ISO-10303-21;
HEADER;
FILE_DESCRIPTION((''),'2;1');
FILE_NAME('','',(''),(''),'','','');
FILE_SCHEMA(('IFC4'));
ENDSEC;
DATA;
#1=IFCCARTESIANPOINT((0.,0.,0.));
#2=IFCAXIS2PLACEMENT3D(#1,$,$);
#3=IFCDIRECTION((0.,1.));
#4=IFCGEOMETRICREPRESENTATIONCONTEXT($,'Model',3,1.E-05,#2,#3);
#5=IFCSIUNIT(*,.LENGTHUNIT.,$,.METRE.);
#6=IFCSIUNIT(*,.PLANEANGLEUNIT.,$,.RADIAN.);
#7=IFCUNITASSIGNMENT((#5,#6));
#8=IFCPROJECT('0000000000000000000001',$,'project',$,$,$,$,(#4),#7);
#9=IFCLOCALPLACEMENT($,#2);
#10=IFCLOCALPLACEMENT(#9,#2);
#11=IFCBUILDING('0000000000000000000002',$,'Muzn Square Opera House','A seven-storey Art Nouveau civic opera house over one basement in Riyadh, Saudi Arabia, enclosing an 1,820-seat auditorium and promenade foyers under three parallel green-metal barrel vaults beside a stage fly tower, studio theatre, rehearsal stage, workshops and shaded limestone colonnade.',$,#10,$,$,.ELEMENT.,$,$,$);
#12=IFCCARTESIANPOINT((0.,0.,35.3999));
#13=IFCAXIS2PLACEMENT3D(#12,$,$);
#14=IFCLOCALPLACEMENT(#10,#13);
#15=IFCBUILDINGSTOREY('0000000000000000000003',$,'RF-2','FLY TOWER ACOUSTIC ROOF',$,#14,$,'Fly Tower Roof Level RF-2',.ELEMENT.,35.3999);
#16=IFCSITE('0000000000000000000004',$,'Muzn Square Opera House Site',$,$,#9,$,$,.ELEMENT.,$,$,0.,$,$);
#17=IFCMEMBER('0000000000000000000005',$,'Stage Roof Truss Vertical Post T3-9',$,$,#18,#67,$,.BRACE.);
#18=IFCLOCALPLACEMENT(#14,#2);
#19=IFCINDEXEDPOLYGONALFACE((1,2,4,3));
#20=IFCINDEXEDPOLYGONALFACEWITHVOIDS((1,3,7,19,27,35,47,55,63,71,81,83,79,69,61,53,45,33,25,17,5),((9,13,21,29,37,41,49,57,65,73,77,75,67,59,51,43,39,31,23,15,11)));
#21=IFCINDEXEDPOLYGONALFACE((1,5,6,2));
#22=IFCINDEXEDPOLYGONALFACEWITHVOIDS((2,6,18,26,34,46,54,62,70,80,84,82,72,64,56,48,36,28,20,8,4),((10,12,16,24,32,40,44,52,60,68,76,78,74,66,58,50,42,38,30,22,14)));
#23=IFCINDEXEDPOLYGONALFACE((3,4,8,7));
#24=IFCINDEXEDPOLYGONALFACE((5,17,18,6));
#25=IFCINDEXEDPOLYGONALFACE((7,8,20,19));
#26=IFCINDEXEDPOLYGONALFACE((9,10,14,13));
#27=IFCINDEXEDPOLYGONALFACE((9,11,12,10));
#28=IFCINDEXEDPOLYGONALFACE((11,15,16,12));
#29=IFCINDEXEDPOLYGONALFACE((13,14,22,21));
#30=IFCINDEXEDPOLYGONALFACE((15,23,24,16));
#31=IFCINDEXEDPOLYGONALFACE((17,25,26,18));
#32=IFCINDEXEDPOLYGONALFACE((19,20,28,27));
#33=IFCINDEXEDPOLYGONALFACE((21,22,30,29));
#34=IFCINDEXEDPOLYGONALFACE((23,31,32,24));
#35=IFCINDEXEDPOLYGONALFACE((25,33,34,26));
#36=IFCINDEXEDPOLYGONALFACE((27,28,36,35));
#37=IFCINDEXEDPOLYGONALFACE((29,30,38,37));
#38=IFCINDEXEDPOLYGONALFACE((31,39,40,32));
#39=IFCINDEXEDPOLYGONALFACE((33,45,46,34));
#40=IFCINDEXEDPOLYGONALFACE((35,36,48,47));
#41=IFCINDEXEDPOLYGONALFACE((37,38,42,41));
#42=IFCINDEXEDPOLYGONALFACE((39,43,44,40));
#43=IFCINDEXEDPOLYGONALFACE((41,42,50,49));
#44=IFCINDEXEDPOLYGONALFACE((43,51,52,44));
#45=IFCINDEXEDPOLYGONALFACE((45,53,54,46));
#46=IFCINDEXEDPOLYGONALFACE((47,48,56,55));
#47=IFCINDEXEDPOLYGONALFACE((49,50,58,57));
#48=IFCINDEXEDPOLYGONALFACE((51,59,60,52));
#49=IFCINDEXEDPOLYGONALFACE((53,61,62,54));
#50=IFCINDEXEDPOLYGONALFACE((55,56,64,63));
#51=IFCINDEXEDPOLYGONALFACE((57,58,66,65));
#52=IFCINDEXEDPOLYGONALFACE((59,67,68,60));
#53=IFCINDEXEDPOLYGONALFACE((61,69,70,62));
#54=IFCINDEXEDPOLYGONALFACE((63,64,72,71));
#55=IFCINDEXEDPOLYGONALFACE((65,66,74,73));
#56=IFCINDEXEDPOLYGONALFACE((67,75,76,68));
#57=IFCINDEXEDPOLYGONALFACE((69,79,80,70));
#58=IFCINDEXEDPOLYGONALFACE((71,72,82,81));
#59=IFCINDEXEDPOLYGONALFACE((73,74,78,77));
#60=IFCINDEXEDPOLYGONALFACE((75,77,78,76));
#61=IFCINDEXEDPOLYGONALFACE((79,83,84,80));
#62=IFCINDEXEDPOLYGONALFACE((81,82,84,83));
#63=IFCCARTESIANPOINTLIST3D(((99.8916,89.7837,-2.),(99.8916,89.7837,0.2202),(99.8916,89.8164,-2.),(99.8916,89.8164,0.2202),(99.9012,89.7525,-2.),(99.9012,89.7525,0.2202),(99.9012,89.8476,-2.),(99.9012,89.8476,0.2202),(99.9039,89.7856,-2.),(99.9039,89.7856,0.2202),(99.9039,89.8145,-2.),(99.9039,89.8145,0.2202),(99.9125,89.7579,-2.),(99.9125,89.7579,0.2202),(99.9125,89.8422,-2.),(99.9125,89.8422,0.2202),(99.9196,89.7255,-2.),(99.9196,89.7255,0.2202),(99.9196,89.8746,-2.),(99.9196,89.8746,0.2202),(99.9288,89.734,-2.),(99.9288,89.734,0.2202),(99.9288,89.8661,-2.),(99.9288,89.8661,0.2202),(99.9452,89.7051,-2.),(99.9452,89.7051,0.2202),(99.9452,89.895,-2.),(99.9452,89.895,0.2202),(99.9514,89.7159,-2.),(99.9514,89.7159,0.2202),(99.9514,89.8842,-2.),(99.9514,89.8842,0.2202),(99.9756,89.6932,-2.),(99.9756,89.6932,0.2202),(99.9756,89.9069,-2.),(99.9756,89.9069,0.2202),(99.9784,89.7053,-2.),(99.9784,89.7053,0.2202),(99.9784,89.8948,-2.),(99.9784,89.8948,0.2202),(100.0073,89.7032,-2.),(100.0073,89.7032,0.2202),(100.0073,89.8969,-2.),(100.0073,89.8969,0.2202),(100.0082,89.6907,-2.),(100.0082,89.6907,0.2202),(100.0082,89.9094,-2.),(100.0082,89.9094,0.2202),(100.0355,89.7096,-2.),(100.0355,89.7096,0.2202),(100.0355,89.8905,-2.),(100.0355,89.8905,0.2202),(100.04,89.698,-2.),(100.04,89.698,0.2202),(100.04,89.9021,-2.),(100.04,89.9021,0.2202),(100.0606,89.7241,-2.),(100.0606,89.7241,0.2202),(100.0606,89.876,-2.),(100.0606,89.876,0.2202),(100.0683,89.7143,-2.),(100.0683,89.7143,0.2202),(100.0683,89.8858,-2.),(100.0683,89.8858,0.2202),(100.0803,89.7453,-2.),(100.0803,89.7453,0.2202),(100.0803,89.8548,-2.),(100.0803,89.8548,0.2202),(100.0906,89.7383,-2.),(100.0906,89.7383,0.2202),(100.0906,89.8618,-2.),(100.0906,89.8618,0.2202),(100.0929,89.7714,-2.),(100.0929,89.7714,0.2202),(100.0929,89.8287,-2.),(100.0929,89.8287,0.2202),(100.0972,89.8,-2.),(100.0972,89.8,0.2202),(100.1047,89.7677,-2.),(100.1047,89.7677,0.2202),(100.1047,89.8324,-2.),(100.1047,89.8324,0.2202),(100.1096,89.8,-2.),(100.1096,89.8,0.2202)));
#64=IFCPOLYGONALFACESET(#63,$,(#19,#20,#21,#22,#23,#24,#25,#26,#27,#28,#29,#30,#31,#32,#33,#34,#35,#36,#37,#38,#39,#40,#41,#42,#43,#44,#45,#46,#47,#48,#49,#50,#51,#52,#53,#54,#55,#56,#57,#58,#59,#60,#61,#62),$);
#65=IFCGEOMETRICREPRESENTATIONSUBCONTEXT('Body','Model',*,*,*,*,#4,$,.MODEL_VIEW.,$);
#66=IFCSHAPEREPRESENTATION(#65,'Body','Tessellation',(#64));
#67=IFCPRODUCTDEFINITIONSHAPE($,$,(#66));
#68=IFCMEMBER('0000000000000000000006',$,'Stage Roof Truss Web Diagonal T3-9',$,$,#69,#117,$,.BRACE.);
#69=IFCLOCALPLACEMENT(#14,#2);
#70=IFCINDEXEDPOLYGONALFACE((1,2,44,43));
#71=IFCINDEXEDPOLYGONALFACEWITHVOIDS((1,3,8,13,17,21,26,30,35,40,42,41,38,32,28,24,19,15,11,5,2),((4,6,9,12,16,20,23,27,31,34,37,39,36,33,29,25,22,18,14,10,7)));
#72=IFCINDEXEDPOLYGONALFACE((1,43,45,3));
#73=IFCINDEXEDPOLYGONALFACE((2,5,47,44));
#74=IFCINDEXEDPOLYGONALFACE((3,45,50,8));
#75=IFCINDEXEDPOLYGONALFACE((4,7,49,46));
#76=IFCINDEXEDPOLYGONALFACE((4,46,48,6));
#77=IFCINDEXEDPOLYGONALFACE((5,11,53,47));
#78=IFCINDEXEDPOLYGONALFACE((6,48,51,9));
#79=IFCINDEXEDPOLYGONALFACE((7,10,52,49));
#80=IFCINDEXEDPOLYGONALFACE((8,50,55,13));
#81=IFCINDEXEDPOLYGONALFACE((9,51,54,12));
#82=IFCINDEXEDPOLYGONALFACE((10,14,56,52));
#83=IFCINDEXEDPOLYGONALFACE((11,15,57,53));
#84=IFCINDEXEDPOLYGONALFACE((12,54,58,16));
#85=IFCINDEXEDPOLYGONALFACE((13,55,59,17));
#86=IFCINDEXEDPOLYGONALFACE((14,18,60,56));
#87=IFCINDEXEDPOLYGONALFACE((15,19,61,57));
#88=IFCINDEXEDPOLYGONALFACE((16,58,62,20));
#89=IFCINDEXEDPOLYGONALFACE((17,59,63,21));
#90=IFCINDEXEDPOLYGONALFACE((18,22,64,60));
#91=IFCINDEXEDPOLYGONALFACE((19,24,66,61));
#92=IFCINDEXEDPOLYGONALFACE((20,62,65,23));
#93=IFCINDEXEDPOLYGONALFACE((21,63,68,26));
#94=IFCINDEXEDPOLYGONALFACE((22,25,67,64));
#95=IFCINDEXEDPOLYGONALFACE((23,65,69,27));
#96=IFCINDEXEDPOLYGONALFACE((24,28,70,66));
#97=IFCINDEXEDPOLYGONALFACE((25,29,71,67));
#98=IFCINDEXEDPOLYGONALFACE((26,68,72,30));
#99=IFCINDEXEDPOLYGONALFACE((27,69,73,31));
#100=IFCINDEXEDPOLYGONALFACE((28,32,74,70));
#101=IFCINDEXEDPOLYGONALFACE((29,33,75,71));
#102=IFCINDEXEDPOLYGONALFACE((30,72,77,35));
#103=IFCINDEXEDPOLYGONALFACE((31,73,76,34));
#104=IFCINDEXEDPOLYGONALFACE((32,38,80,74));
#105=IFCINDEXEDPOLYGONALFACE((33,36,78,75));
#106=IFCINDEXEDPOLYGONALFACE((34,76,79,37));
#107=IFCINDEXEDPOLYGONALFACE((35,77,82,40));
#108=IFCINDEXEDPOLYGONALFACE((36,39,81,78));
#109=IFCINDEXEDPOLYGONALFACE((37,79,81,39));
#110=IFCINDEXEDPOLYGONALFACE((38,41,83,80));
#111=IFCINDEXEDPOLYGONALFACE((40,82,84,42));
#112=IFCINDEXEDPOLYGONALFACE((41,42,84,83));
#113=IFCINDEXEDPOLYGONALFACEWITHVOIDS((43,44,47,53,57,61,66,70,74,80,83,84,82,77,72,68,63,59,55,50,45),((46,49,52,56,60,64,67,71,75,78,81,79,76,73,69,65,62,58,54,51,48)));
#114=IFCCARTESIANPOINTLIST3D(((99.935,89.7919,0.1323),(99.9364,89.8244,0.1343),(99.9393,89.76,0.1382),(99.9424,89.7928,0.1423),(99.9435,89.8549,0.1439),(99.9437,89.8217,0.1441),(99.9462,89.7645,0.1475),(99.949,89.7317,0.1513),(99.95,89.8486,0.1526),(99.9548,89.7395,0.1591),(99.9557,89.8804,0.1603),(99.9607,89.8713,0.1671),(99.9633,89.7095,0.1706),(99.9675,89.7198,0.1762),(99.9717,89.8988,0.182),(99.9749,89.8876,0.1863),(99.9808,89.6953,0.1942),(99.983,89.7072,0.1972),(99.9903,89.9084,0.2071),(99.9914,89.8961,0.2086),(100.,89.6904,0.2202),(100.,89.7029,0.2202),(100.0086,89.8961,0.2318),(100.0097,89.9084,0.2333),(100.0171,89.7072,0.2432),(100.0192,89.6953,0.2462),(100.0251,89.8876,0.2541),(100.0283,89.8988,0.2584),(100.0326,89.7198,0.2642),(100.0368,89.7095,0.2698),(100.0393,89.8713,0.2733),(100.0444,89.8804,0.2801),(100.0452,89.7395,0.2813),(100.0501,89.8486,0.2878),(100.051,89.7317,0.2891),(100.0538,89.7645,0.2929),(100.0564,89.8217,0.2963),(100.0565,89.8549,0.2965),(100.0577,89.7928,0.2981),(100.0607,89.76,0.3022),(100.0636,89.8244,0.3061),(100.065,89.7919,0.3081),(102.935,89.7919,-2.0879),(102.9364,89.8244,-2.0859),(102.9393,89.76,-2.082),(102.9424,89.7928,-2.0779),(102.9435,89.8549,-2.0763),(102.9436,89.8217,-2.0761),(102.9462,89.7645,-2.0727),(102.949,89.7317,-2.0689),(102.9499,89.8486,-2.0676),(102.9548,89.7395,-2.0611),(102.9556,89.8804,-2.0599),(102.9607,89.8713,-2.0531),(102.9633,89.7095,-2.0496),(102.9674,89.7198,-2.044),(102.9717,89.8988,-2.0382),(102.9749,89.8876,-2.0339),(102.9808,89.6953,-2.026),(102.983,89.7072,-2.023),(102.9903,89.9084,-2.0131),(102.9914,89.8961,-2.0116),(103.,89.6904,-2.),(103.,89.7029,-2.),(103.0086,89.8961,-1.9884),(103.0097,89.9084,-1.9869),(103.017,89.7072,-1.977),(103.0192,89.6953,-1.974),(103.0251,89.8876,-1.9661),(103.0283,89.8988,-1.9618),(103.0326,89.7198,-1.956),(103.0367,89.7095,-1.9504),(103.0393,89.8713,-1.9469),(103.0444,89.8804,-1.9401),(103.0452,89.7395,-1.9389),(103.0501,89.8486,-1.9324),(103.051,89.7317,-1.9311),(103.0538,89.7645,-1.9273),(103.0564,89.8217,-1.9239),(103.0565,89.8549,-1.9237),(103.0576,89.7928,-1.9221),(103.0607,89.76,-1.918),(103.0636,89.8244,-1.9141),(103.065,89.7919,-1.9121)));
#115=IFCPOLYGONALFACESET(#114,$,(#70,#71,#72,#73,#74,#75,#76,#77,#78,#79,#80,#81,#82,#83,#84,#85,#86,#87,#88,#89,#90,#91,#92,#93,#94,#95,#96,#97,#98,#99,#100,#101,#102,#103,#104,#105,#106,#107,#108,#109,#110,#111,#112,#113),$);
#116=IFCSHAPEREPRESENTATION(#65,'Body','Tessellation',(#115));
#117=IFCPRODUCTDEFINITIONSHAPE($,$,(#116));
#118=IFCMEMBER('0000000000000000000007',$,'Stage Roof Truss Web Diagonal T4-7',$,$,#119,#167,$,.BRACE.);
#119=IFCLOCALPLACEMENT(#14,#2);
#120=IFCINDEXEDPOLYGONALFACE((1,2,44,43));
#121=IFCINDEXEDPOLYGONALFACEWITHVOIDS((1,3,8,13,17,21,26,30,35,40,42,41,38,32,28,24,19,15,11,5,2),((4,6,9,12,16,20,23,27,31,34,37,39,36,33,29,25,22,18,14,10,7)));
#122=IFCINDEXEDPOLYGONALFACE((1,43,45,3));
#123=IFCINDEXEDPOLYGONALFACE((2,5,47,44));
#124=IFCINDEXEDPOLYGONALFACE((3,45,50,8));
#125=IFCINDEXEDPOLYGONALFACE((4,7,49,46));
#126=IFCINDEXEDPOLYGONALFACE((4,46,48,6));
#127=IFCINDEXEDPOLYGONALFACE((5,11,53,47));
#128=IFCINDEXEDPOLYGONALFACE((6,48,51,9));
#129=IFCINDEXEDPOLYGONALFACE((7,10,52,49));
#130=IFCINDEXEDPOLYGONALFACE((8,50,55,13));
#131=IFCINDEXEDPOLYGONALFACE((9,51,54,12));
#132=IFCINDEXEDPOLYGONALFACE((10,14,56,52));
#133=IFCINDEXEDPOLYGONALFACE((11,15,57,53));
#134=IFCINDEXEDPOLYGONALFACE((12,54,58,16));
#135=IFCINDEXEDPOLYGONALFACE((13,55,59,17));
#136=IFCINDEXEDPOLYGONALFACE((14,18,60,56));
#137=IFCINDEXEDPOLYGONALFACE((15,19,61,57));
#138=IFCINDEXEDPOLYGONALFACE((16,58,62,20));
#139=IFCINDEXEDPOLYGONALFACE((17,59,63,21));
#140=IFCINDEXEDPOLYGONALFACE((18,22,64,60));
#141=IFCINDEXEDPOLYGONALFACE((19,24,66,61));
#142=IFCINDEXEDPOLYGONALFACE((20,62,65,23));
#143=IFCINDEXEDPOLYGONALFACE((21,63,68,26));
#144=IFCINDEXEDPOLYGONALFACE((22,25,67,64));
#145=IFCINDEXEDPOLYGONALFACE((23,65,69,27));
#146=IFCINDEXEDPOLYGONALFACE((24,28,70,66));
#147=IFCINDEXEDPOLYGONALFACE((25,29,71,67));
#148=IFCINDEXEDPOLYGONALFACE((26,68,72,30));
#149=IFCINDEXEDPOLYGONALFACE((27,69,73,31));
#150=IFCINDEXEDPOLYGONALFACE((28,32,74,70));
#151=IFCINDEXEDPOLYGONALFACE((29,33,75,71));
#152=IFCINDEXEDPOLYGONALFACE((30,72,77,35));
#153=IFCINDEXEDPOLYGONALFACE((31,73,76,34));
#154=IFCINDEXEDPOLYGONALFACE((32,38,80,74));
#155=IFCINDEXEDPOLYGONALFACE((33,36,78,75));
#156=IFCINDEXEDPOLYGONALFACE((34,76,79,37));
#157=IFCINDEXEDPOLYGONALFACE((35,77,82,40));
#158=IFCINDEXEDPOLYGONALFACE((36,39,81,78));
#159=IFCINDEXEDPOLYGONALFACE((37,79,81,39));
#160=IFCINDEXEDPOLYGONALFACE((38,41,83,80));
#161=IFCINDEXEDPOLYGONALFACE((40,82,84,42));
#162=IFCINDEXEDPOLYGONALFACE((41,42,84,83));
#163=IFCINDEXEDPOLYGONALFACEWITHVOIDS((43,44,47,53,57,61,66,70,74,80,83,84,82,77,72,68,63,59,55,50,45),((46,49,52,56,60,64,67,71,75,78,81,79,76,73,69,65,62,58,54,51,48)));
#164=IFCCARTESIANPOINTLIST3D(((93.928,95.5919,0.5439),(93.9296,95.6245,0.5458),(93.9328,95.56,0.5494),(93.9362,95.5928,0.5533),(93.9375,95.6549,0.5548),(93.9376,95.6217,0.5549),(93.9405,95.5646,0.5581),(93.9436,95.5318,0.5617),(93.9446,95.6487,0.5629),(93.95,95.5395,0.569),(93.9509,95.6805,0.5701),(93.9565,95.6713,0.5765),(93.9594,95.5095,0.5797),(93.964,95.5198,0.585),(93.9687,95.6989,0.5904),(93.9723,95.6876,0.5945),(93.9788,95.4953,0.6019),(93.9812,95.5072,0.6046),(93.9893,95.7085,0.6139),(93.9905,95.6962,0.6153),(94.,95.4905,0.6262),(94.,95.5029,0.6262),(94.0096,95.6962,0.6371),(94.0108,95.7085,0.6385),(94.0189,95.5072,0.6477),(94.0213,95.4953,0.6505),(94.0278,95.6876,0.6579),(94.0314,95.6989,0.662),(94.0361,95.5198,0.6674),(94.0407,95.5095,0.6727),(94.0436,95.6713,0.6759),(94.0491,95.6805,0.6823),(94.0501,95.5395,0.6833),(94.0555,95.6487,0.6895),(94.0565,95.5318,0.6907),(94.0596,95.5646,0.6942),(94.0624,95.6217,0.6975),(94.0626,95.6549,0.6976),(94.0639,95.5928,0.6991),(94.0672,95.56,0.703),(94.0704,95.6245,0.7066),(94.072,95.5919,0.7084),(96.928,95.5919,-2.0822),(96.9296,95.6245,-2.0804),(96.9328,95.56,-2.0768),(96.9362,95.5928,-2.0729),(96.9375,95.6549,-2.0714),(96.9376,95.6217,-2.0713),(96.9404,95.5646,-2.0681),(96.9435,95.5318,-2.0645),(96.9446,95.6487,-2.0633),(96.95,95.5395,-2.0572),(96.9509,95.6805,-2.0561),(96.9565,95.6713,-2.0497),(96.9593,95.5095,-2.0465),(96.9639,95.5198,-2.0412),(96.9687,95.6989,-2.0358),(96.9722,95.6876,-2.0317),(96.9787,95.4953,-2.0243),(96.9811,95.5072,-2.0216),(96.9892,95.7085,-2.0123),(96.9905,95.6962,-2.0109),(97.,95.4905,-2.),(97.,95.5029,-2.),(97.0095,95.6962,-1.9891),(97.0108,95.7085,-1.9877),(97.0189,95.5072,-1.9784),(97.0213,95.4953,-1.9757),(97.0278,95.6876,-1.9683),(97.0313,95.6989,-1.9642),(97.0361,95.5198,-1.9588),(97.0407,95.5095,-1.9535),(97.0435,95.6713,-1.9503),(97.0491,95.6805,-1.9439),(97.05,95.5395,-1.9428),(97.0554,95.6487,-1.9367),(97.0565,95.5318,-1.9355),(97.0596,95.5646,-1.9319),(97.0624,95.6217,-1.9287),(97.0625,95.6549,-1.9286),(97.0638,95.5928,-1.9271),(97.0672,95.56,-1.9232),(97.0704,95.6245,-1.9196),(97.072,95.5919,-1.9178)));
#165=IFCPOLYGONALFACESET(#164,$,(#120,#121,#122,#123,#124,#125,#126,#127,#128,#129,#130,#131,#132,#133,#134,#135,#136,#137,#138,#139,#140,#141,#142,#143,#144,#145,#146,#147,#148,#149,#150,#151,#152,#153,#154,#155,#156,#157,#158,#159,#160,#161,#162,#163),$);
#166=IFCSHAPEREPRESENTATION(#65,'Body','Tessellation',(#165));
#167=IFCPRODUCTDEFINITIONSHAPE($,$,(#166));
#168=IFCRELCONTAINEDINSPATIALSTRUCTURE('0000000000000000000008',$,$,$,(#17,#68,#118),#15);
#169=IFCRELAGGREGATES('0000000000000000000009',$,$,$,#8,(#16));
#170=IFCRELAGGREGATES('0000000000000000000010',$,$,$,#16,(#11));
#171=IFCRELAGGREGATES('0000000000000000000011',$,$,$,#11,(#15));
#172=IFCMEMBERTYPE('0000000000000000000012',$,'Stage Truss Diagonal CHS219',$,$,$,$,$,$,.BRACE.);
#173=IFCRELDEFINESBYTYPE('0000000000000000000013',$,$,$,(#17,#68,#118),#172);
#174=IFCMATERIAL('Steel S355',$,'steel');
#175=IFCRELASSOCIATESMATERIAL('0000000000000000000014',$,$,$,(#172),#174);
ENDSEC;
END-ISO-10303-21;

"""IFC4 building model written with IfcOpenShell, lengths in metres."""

from ifc_helpers import new_model, si_unit, direction, frame, origin, origin_2d, place, context, subcontext, project, spatial, hollow_circle, extrude, material, material_profile, profile_set, type_object, element, save


model = new_model("IFC4")

# Units and contexts
model_context = context("Model", 3, precision=1e-05, world=origin(), true_north=direction((0.0, 1.0)))
body_context = subcontext(model_context, "Body", "Model", "MODEL_VIEW")
ifc_project = project(units=[si_unit("LENGTHUNIT", "METRE"), si_unit("PLANEANGLEUNIT", "RADIAN")], contexts=[model_context])

# Site, building, storey
site_placement = place(None, origin())
site = spatial("IfcSite", under=ifc_project, at=site_placement, Name="Muzn Square Opera House Site", CompositionType="ELEMENT", RefElevation=0.0)
building_placement = place(site_placement, origin())
building = spatial("IfcBuilding", under=site, at=building_placement, Name="Muzn Square Opera House", Description="A seven-storey Art Nouveau civic opera house over one basement in Riyadh, Saudi Arabia, enclosing an 1,820-seat auditorium and promenade foyers under three parallel green-metal barrel vaults beside a stage fly tower, studio theatre, rehearsal stage, workshops and shaded limestone colonnade.", CompositionType="ELEMENT")
storey_placement = place(building_placement, frame((0.0, 0.0, 35.3999)))
storey = spatial("IfcBuildingStorey", under=building, at=storey_placement, Name="RF-2", Description="FLY TOWER ACOUSTIC ROOF", LongName="Fly Tower Roof Level RF-2", CompositionType="ELEMENT", Elevation=35.3999)

# Members
ifc_material_1 = material(Name="Steel S355", Category="steel")
ifc_material_profile_1 = material_profile(ifc_material_1, hollow_circle(Radius=0.1096, WallThickness=0.0125, at=origin_2d()), Name="CHS 219.1x12.5", Category="steel")
ifc_profile_set_1 = profile_set([ifc_material_profile_1], Name="Steel S355")
member_type_1 = type_object("IfcMemberType", Name="Stage Truss Diagonal CHS219", PredefinedType="BRACE", material=ifc_profile_set_1)
member_1_placement = place(storey_placement, frame((100.0, 89.8, -2.0), z_axis=(0.0, 0.0, 1.0), x_axis=(1.0, 0.0, 0.0)))
element("IfcMember", 1, at=member_1_placement, inside=storey, type_object=member_type_1, Name="Stage Roof Truss Vertical Post T3-9", PredefinedType="BRACE", context=body_context, shape_type="SweptSolid", body=[
    extrude(hollow_circle(Radius=0.1096, WallThickness=0.0125, at=origin_2d()), origin(), (0.0, 0.0, 1.0), 2.2202),
])
member_2_placement = place(storey_placement, frame((103.0, 89.8, -2.0), z_axis=(-0.803814, 0.0, 0.59488), x_axis=(0.0, -1.0, 0.0)))
element("IfcMember", 2, at=member_2_placement, inside=storey, type_object=member_type_1, Name="Stage Roof Truss Web Diagonal T3-9", PredefinedType="BRACE", context=body_context, shape_type="SweptSolid", body=[
    extrude(hollow_circle(Radius=0.1096, WallThickness=0.0125, at=origin_2d()), origin(), (0.0, 0.0, 1.0), 3.7322),
])
member_3_placement = place(storey_placement, frame((97.0, 95.6001, -2.0), z_axis=(-0.752425, 0.0, 0.658678), x_axis=(0.0, -1.0, 0.0)))
element("IfcMember", 3, at=member_3_placement, inside=storey, type_object=member_type_1, Name="Stage Roof Truss Web Diagonal T4-7", PredefinedType="BRACE", context=body_context, shape_type="SweptSolid", body=[
    extrude(hollow_circle(Radius=0.1096, WallThickness=0.0125, at=origin_2d()), origin(), (0.0, 0.0, 1.0), 3.9871),
])

save(model, "model.ifc")
